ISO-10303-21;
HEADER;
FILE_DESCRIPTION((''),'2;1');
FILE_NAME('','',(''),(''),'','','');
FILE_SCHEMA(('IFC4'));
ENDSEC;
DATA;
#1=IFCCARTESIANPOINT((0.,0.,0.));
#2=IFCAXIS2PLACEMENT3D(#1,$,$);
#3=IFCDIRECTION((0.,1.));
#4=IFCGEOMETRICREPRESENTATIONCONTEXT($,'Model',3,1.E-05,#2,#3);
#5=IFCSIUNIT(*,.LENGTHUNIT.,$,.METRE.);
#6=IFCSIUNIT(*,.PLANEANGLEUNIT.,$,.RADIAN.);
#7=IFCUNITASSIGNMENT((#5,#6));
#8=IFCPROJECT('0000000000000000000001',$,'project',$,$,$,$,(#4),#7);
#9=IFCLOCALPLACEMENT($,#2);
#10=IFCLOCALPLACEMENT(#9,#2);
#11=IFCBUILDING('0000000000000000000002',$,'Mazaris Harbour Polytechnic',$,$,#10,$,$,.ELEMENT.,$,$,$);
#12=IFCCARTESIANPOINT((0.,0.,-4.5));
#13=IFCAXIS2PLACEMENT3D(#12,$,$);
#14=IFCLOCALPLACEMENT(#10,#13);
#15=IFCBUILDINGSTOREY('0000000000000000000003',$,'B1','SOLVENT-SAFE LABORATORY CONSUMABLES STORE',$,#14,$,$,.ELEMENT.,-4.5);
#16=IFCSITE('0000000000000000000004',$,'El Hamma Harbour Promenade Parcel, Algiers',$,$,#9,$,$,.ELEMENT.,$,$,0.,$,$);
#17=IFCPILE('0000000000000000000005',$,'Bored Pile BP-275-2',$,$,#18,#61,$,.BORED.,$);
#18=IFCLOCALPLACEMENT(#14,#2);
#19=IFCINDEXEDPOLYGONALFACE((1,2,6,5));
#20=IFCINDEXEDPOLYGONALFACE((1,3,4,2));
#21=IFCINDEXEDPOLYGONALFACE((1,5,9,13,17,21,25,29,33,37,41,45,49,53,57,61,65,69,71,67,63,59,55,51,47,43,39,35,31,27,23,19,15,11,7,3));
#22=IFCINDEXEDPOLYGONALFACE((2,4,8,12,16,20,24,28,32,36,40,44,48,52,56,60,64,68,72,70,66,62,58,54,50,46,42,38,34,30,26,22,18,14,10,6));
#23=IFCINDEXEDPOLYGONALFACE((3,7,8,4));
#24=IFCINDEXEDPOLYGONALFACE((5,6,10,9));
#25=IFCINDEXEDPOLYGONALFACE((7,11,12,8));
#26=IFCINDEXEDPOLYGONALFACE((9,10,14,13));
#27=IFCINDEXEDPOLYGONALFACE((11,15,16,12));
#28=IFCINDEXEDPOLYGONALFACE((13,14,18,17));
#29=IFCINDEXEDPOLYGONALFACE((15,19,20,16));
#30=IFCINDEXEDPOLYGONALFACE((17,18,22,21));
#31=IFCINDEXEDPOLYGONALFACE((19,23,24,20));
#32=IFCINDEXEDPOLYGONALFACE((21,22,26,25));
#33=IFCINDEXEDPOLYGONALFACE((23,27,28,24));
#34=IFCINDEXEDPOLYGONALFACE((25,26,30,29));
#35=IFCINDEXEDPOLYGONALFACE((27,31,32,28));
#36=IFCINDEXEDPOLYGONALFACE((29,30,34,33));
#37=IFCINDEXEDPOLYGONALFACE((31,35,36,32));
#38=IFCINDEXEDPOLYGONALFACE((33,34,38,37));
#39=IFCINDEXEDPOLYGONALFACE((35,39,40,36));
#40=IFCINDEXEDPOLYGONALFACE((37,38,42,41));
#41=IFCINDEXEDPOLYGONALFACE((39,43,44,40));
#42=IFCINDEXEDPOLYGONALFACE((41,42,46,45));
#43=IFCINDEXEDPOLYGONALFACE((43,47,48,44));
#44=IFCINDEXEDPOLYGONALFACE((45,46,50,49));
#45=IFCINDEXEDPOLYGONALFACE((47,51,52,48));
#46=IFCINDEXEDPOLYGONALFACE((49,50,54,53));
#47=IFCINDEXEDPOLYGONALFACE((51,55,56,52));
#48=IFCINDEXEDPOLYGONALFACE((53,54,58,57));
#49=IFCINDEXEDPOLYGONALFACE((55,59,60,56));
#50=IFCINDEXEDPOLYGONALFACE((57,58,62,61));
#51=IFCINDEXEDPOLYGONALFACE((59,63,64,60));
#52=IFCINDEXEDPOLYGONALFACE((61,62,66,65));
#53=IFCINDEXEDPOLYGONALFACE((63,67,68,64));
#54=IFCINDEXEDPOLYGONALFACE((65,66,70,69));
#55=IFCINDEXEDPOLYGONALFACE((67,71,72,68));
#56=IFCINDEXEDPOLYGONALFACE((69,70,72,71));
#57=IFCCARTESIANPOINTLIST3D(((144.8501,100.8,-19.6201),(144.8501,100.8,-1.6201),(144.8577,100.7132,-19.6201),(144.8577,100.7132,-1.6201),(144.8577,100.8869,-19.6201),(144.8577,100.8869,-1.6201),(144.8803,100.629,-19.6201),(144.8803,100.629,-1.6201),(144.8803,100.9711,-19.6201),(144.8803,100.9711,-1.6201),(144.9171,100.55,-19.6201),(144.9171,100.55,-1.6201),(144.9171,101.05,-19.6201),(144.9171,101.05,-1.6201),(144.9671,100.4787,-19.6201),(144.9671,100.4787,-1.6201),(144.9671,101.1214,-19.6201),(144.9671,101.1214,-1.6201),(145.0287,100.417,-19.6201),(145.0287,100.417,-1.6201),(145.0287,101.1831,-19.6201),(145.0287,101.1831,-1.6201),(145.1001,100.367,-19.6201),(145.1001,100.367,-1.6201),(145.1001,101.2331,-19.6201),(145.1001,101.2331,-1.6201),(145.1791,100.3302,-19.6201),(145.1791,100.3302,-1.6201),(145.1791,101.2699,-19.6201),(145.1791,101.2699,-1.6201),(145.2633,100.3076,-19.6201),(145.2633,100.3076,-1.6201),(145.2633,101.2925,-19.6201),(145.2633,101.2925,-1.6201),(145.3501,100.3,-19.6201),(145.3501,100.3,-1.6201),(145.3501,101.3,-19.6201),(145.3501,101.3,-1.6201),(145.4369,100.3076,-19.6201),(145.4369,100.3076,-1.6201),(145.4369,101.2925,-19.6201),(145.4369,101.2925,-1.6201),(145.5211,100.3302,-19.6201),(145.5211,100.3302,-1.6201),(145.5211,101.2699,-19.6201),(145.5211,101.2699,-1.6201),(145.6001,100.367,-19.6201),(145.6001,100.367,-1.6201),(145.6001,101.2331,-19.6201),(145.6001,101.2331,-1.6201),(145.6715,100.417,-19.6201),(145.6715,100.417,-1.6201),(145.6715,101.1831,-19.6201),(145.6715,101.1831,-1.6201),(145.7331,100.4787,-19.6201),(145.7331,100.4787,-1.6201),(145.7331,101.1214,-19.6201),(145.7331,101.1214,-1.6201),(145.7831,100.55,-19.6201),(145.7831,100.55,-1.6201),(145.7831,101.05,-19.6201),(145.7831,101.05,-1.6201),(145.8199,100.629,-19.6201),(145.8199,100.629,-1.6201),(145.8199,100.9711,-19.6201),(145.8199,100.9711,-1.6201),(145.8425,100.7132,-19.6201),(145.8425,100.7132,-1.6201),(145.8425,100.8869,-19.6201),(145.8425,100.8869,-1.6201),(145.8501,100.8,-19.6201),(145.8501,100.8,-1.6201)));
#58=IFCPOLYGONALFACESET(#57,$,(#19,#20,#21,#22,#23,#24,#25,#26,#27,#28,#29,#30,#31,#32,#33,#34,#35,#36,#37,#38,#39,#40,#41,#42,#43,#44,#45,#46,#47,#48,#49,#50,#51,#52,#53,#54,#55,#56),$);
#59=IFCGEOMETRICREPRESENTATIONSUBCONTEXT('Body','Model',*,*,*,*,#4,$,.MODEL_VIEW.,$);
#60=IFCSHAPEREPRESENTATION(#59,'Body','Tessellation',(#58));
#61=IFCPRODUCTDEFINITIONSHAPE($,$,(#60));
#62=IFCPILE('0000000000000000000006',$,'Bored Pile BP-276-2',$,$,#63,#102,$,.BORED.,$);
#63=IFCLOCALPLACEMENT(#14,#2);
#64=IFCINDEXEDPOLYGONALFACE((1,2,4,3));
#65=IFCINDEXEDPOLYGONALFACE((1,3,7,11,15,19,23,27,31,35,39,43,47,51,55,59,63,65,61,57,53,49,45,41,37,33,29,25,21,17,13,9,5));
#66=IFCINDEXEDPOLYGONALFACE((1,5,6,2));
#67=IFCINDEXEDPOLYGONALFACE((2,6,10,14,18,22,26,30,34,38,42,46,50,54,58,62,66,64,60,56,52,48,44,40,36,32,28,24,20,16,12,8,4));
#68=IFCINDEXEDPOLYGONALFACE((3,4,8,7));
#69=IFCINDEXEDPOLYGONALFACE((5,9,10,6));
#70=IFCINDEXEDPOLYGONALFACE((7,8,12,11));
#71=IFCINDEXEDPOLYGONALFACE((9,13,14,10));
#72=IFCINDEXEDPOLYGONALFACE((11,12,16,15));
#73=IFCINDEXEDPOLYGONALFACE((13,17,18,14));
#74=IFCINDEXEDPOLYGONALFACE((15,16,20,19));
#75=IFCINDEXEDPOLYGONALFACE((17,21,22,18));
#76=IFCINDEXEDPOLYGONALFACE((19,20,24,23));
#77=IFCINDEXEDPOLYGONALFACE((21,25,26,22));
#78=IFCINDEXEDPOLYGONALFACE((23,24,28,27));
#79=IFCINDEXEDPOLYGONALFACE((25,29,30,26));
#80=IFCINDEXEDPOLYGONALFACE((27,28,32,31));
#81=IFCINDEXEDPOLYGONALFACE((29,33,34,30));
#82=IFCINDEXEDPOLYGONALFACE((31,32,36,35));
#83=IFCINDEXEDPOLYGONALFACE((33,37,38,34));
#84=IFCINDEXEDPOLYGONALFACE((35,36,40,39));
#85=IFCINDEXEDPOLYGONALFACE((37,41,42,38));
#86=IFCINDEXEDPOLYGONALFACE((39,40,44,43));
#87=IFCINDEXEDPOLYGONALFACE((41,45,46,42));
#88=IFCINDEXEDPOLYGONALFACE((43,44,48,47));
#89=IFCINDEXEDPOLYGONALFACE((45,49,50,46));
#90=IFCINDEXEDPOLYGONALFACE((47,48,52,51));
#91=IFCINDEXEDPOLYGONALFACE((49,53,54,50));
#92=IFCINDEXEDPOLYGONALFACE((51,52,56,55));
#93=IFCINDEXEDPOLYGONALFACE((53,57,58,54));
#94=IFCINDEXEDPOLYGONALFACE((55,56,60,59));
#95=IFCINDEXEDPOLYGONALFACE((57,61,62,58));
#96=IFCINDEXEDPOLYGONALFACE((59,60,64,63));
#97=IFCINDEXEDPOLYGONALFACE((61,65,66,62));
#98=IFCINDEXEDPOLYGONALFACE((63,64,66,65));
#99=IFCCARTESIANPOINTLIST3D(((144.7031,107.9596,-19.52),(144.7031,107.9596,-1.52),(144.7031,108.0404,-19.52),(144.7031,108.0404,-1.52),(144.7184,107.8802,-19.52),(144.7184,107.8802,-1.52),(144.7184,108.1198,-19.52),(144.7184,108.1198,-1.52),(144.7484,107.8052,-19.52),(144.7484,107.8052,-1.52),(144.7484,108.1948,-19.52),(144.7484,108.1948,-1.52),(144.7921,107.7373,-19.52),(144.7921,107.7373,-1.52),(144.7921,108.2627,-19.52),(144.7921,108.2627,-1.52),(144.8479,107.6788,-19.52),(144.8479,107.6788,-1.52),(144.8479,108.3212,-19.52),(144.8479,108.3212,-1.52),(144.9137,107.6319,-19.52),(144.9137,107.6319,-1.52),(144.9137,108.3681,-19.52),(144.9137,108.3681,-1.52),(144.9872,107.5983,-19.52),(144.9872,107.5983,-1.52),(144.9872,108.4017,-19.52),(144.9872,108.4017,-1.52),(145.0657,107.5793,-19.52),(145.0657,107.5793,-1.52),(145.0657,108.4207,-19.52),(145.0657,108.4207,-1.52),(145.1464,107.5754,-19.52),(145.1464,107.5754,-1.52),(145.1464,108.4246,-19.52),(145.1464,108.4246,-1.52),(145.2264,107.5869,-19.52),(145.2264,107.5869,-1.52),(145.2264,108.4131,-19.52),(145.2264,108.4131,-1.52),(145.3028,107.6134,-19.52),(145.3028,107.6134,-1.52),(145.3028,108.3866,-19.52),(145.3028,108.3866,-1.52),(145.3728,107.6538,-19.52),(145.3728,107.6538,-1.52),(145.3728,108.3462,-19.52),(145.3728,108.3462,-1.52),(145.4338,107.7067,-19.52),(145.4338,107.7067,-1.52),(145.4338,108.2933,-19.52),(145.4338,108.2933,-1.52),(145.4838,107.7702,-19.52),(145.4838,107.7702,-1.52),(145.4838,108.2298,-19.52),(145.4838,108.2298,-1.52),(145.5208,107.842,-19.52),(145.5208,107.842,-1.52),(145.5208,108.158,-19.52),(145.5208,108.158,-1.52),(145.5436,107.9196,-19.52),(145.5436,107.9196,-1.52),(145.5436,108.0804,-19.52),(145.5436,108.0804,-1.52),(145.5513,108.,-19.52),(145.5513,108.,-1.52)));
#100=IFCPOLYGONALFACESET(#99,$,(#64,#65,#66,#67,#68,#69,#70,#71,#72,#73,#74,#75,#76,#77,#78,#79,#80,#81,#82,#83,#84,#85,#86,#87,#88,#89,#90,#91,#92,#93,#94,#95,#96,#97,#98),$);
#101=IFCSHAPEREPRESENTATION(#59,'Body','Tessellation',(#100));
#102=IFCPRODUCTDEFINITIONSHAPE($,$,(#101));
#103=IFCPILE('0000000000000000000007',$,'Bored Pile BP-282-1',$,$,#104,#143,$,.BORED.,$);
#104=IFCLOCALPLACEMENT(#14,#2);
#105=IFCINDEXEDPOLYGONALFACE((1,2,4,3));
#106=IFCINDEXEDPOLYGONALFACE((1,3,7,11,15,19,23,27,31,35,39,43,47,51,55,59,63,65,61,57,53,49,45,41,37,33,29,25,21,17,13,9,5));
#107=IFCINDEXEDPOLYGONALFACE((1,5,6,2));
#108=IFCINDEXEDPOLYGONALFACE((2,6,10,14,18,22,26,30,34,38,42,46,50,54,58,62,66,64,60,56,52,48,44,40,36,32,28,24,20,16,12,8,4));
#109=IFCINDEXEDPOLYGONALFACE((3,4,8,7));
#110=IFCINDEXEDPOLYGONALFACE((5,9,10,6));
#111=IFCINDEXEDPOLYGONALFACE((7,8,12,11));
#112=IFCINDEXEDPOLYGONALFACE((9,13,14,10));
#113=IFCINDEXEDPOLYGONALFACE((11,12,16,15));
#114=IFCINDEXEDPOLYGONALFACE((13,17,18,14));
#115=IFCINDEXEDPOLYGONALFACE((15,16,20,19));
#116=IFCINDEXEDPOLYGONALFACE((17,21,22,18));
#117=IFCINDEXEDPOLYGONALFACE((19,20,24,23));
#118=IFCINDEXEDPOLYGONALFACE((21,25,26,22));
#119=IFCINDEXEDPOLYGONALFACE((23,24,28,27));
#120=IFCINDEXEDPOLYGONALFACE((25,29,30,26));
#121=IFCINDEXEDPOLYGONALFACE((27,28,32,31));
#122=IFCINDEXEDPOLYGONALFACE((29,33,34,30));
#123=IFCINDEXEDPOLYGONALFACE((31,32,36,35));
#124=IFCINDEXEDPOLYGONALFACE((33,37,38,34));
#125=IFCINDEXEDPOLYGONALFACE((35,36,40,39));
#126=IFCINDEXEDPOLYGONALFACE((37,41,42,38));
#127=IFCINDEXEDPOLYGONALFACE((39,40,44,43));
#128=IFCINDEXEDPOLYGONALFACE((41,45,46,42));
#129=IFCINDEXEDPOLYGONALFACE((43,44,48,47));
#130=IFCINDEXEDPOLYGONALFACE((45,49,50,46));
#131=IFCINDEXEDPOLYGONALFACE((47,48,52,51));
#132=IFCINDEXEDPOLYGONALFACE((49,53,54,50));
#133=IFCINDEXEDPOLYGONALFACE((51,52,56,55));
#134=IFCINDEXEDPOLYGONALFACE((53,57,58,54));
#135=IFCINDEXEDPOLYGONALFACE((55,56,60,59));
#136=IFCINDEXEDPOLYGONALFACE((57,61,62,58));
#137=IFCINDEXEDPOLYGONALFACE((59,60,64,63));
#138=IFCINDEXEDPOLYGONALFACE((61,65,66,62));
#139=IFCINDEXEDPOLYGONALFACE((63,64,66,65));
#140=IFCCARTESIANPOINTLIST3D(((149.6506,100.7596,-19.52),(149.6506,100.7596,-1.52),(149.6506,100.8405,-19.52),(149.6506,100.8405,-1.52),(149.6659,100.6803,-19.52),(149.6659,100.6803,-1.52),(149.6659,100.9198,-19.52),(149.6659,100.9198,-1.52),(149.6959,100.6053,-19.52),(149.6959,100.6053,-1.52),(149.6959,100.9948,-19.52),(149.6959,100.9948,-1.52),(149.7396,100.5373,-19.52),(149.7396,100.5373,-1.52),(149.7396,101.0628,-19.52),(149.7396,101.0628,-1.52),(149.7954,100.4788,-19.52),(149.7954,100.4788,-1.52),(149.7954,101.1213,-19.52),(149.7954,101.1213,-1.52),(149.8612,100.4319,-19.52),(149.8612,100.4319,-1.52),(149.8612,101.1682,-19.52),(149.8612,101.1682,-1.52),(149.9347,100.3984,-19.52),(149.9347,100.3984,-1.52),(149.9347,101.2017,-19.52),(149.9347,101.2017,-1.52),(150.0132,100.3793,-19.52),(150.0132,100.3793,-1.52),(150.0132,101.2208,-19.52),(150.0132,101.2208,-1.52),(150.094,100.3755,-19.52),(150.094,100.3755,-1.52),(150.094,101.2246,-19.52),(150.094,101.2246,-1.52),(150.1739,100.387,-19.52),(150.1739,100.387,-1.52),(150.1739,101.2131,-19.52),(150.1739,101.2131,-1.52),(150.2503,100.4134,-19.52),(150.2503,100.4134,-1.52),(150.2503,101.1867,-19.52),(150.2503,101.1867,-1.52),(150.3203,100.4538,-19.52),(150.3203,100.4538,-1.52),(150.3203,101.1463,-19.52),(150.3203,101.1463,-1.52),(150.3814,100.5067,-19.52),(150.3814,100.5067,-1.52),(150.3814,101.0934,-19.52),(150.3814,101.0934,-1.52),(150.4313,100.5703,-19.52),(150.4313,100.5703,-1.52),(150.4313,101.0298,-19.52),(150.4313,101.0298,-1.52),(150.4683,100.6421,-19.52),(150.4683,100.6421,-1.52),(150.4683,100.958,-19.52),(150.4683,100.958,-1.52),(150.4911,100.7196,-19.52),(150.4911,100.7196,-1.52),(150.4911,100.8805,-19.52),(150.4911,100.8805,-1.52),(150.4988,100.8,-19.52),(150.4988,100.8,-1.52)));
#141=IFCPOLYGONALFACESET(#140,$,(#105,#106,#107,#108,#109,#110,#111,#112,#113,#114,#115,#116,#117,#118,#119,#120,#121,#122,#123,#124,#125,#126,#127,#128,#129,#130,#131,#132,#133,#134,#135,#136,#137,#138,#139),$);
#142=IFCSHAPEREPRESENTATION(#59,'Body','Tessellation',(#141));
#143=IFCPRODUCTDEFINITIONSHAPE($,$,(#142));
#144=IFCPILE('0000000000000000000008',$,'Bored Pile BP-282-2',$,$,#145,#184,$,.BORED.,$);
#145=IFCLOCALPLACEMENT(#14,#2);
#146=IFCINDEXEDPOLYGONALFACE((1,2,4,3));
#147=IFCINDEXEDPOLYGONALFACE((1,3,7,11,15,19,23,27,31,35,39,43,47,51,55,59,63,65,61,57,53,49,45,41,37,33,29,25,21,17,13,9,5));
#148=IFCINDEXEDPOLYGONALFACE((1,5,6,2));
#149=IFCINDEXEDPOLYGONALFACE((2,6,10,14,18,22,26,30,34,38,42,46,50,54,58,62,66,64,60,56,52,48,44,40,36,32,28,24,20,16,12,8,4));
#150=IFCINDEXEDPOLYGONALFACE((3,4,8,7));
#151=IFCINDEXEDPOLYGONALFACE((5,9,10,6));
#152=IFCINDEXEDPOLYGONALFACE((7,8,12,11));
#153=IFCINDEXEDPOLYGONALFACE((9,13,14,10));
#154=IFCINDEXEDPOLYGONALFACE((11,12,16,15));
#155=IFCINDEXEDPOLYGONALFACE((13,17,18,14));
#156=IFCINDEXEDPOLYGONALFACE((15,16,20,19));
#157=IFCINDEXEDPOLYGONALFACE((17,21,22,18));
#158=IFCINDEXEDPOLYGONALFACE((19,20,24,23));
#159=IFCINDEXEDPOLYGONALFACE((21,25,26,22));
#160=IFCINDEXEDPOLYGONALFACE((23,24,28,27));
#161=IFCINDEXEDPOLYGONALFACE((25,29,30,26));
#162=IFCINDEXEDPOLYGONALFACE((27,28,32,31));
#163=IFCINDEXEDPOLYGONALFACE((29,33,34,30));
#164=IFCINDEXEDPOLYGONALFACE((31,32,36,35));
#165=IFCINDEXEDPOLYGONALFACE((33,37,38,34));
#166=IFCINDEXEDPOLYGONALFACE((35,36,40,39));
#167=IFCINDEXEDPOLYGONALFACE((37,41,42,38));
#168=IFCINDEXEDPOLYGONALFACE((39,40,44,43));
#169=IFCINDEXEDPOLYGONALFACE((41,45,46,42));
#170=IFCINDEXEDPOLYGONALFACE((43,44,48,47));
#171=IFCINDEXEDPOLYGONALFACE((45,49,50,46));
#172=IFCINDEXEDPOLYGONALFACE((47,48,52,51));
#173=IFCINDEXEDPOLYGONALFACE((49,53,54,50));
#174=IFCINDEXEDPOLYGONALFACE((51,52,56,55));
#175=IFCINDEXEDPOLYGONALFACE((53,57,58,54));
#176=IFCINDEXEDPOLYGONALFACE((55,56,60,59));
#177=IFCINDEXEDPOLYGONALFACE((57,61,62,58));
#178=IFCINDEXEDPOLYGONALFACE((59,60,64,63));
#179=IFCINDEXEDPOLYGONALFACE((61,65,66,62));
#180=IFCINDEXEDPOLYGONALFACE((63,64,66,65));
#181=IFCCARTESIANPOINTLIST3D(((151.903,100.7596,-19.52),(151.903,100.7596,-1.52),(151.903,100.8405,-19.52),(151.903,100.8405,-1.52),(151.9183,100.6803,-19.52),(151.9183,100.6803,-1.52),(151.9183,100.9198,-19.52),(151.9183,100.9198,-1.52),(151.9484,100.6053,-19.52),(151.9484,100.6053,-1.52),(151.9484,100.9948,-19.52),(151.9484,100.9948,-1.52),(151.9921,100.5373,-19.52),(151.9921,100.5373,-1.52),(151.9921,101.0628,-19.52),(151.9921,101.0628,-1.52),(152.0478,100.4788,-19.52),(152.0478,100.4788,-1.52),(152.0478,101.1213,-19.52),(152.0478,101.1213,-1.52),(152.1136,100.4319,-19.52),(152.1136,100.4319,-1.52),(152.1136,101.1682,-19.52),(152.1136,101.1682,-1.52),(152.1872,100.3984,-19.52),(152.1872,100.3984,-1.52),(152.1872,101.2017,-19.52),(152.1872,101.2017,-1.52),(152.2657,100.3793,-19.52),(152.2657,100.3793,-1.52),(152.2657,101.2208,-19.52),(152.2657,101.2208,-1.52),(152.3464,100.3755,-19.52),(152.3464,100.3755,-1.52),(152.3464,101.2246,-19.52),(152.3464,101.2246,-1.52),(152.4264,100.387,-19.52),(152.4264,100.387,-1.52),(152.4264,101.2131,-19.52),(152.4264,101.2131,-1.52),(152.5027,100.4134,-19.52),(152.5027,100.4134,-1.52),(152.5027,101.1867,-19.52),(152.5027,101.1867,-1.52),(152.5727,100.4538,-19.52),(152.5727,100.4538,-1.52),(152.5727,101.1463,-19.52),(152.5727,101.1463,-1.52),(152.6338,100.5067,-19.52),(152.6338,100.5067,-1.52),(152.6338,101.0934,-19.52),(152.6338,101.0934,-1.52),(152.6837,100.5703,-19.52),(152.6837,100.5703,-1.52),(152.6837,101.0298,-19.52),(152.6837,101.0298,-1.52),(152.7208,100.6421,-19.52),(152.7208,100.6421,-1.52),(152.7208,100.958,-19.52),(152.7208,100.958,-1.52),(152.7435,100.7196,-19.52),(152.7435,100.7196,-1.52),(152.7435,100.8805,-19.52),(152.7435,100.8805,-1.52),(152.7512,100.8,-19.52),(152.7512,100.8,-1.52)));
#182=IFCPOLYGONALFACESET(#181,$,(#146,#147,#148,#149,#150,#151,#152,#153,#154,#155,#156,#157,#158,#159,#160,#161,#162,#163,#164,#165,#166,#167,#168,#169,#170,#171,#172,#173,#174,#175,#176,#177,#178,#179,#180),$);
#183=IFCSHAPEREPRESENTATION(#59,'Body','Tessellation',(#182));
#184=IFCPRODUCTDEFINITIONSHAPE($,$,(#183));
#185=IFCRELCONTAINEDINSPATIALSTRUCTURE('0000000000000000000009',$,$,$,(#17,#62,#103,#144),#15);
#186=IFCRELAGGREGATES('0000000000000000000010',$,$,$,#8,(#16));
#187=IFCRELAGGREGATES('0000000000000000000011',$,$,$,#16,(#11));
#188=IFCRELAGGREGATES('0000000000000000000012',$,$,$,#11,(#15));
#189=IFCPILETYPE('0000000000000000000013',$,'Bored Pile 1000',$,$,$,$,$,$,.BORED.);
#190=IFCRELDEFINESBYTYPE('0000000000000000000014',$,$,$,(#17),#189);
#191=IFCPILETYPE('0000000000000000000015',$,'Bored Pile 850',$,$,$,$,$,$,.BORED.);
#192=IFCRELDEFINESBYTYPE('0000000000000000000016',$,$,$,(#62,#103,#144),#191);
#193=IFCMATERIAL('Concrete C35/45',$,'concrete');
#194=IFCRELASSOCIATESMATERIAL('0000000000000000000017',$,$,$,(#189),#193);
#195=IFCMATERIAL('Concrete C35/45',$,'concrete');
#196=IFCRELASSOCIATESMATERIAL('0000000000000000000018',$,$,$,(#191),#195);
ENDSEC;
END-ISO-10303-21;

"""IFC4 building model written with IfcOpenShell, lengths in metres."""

from ifc_helpers import new_model, si_unit, direction, frame, origin, origin_2d, place, context, subcontext, project, spatial, circle, extrude, material, material_profile, profile_set, type_object, element, save


model = new_model("IFC4")

# Units and contexts
model_context = context("Model", 3, precision=1e-05, world=origin(), true_north=direction((0.0, 1.0)))
body_context = subcontext(model_context, "Body", "Model", "MODEL_VIEW")
ifc_project = project(units=[si_unit("LENGTHUNIT", "METRE"), si_unit("PLANEANGLEUNIT", "RADIAN")], contexts=[model_context])

# Site, building, storey
site_placement = place(None, origin())
site = spatial("IfcSite", under=ifc_project, at=site_placement, Name="El Hamma Harbour Promenade Parcel, Algiers", CompositionType="ELEMENT", RefElevation=0.0)
building_placement = place(site_placement, origin())
building = spatial("IfcBuilding", under=site, at=building_placement, Name="Mazaris Harbour Polytechnic", CompositionType="ELEMENT")
storey_placement = place(building_placement, frame((0.0, 0.0, -4.5)))
storey = spatial("IfcBuildingStorey", under=building, at=storey_placement, Name="B1", Description="SOLVENT-SAFE LABORATORY CONSUMABLES STORE", CompositionType="ELEMENT", Elevation=-4.5)

# Piles
ifc_material_1 = material(Name="Concrete C35/45", Category="concrete")
ifc_material_profile_1 = material_profile(ifc_material_1, circle(Radius=0.5, at=origin_2d()), Name="DIA1000")
ifc_profile_set_1 = profile_set([ifc_material_profile_1], Name="Concrete C35/45")
pile_type_1 = type_object("IfcPileType", Name="Bored Pile 1000", PredefinedType="BORED", material=ifc_profile_set_1)
pile_placement = place(storey_placement, frame((145.3501, 100.8, -1.6201), z_axis=(0.0, 0.0, -1.0), x_axis=(1.0, 0.0, 0.0)))
element("IfcPile", 1, at=pile_placement, inside=storey, type_object=pile_type_1, Name="Bored Pile BP-275-2", PredefinedType="BORED", context=body_context, shape_type="SweptSolid", body=[
    extrude(circle(Radius=0.5, at=origin_2d()), origin(), (0.0, 0.0, 1.0), 18.0),
])
ifc_material_2 = material(Name="Concrete C35/45", Category="concrete")
ifc_material_profile_2 = material_profile(ifc_material_2, circle(Radius=0.425, at=origin_2d()), Name="DIA850")
ifc_profile_set_2 = profile_set([ifc_material_profile_2], Name="Concrete C35/45")
pile_type_2 = type_object("IfcPileType", Name="Bored Pile 850", PredefinedType="BORED", material=ifc_profile_set_2)
for number, where, z_axis, x_axis, name in (
    (2, (145.1262, 108.0, -1.52), (0.0, 0.0, -1.0), (1.0, 0.0, 0.0), "Bored Pile BP-276-2"),
    (3, (150.0737, 100.8, -1.52), (0.0, 0.0, -1.0), (1.0, 0.0, 0.0), "Bored Pile BP-282-1"),
    (4, (152.3262, 100.8, -1.52), (0.0, 0.0, -1.0), (1.0, 0.0, 0.0), "Bored Pile BP-282-2"),
):
    element("IfcPile", number, at=place(storey_placement, frame(where, z_axis=z_axis, x_axis=x_axis)), inside=storey, type_object=pile_type_2, Name=name, PredefinedType="BORED", context=body_context, shape_type="SweptSolid", body=[
        extrude(circle(Radius=0.425, at=origin_2d()), origin(), (0.0, 0.0, 1.0), 18.0),
    ])

save(model, "model.ifc")
